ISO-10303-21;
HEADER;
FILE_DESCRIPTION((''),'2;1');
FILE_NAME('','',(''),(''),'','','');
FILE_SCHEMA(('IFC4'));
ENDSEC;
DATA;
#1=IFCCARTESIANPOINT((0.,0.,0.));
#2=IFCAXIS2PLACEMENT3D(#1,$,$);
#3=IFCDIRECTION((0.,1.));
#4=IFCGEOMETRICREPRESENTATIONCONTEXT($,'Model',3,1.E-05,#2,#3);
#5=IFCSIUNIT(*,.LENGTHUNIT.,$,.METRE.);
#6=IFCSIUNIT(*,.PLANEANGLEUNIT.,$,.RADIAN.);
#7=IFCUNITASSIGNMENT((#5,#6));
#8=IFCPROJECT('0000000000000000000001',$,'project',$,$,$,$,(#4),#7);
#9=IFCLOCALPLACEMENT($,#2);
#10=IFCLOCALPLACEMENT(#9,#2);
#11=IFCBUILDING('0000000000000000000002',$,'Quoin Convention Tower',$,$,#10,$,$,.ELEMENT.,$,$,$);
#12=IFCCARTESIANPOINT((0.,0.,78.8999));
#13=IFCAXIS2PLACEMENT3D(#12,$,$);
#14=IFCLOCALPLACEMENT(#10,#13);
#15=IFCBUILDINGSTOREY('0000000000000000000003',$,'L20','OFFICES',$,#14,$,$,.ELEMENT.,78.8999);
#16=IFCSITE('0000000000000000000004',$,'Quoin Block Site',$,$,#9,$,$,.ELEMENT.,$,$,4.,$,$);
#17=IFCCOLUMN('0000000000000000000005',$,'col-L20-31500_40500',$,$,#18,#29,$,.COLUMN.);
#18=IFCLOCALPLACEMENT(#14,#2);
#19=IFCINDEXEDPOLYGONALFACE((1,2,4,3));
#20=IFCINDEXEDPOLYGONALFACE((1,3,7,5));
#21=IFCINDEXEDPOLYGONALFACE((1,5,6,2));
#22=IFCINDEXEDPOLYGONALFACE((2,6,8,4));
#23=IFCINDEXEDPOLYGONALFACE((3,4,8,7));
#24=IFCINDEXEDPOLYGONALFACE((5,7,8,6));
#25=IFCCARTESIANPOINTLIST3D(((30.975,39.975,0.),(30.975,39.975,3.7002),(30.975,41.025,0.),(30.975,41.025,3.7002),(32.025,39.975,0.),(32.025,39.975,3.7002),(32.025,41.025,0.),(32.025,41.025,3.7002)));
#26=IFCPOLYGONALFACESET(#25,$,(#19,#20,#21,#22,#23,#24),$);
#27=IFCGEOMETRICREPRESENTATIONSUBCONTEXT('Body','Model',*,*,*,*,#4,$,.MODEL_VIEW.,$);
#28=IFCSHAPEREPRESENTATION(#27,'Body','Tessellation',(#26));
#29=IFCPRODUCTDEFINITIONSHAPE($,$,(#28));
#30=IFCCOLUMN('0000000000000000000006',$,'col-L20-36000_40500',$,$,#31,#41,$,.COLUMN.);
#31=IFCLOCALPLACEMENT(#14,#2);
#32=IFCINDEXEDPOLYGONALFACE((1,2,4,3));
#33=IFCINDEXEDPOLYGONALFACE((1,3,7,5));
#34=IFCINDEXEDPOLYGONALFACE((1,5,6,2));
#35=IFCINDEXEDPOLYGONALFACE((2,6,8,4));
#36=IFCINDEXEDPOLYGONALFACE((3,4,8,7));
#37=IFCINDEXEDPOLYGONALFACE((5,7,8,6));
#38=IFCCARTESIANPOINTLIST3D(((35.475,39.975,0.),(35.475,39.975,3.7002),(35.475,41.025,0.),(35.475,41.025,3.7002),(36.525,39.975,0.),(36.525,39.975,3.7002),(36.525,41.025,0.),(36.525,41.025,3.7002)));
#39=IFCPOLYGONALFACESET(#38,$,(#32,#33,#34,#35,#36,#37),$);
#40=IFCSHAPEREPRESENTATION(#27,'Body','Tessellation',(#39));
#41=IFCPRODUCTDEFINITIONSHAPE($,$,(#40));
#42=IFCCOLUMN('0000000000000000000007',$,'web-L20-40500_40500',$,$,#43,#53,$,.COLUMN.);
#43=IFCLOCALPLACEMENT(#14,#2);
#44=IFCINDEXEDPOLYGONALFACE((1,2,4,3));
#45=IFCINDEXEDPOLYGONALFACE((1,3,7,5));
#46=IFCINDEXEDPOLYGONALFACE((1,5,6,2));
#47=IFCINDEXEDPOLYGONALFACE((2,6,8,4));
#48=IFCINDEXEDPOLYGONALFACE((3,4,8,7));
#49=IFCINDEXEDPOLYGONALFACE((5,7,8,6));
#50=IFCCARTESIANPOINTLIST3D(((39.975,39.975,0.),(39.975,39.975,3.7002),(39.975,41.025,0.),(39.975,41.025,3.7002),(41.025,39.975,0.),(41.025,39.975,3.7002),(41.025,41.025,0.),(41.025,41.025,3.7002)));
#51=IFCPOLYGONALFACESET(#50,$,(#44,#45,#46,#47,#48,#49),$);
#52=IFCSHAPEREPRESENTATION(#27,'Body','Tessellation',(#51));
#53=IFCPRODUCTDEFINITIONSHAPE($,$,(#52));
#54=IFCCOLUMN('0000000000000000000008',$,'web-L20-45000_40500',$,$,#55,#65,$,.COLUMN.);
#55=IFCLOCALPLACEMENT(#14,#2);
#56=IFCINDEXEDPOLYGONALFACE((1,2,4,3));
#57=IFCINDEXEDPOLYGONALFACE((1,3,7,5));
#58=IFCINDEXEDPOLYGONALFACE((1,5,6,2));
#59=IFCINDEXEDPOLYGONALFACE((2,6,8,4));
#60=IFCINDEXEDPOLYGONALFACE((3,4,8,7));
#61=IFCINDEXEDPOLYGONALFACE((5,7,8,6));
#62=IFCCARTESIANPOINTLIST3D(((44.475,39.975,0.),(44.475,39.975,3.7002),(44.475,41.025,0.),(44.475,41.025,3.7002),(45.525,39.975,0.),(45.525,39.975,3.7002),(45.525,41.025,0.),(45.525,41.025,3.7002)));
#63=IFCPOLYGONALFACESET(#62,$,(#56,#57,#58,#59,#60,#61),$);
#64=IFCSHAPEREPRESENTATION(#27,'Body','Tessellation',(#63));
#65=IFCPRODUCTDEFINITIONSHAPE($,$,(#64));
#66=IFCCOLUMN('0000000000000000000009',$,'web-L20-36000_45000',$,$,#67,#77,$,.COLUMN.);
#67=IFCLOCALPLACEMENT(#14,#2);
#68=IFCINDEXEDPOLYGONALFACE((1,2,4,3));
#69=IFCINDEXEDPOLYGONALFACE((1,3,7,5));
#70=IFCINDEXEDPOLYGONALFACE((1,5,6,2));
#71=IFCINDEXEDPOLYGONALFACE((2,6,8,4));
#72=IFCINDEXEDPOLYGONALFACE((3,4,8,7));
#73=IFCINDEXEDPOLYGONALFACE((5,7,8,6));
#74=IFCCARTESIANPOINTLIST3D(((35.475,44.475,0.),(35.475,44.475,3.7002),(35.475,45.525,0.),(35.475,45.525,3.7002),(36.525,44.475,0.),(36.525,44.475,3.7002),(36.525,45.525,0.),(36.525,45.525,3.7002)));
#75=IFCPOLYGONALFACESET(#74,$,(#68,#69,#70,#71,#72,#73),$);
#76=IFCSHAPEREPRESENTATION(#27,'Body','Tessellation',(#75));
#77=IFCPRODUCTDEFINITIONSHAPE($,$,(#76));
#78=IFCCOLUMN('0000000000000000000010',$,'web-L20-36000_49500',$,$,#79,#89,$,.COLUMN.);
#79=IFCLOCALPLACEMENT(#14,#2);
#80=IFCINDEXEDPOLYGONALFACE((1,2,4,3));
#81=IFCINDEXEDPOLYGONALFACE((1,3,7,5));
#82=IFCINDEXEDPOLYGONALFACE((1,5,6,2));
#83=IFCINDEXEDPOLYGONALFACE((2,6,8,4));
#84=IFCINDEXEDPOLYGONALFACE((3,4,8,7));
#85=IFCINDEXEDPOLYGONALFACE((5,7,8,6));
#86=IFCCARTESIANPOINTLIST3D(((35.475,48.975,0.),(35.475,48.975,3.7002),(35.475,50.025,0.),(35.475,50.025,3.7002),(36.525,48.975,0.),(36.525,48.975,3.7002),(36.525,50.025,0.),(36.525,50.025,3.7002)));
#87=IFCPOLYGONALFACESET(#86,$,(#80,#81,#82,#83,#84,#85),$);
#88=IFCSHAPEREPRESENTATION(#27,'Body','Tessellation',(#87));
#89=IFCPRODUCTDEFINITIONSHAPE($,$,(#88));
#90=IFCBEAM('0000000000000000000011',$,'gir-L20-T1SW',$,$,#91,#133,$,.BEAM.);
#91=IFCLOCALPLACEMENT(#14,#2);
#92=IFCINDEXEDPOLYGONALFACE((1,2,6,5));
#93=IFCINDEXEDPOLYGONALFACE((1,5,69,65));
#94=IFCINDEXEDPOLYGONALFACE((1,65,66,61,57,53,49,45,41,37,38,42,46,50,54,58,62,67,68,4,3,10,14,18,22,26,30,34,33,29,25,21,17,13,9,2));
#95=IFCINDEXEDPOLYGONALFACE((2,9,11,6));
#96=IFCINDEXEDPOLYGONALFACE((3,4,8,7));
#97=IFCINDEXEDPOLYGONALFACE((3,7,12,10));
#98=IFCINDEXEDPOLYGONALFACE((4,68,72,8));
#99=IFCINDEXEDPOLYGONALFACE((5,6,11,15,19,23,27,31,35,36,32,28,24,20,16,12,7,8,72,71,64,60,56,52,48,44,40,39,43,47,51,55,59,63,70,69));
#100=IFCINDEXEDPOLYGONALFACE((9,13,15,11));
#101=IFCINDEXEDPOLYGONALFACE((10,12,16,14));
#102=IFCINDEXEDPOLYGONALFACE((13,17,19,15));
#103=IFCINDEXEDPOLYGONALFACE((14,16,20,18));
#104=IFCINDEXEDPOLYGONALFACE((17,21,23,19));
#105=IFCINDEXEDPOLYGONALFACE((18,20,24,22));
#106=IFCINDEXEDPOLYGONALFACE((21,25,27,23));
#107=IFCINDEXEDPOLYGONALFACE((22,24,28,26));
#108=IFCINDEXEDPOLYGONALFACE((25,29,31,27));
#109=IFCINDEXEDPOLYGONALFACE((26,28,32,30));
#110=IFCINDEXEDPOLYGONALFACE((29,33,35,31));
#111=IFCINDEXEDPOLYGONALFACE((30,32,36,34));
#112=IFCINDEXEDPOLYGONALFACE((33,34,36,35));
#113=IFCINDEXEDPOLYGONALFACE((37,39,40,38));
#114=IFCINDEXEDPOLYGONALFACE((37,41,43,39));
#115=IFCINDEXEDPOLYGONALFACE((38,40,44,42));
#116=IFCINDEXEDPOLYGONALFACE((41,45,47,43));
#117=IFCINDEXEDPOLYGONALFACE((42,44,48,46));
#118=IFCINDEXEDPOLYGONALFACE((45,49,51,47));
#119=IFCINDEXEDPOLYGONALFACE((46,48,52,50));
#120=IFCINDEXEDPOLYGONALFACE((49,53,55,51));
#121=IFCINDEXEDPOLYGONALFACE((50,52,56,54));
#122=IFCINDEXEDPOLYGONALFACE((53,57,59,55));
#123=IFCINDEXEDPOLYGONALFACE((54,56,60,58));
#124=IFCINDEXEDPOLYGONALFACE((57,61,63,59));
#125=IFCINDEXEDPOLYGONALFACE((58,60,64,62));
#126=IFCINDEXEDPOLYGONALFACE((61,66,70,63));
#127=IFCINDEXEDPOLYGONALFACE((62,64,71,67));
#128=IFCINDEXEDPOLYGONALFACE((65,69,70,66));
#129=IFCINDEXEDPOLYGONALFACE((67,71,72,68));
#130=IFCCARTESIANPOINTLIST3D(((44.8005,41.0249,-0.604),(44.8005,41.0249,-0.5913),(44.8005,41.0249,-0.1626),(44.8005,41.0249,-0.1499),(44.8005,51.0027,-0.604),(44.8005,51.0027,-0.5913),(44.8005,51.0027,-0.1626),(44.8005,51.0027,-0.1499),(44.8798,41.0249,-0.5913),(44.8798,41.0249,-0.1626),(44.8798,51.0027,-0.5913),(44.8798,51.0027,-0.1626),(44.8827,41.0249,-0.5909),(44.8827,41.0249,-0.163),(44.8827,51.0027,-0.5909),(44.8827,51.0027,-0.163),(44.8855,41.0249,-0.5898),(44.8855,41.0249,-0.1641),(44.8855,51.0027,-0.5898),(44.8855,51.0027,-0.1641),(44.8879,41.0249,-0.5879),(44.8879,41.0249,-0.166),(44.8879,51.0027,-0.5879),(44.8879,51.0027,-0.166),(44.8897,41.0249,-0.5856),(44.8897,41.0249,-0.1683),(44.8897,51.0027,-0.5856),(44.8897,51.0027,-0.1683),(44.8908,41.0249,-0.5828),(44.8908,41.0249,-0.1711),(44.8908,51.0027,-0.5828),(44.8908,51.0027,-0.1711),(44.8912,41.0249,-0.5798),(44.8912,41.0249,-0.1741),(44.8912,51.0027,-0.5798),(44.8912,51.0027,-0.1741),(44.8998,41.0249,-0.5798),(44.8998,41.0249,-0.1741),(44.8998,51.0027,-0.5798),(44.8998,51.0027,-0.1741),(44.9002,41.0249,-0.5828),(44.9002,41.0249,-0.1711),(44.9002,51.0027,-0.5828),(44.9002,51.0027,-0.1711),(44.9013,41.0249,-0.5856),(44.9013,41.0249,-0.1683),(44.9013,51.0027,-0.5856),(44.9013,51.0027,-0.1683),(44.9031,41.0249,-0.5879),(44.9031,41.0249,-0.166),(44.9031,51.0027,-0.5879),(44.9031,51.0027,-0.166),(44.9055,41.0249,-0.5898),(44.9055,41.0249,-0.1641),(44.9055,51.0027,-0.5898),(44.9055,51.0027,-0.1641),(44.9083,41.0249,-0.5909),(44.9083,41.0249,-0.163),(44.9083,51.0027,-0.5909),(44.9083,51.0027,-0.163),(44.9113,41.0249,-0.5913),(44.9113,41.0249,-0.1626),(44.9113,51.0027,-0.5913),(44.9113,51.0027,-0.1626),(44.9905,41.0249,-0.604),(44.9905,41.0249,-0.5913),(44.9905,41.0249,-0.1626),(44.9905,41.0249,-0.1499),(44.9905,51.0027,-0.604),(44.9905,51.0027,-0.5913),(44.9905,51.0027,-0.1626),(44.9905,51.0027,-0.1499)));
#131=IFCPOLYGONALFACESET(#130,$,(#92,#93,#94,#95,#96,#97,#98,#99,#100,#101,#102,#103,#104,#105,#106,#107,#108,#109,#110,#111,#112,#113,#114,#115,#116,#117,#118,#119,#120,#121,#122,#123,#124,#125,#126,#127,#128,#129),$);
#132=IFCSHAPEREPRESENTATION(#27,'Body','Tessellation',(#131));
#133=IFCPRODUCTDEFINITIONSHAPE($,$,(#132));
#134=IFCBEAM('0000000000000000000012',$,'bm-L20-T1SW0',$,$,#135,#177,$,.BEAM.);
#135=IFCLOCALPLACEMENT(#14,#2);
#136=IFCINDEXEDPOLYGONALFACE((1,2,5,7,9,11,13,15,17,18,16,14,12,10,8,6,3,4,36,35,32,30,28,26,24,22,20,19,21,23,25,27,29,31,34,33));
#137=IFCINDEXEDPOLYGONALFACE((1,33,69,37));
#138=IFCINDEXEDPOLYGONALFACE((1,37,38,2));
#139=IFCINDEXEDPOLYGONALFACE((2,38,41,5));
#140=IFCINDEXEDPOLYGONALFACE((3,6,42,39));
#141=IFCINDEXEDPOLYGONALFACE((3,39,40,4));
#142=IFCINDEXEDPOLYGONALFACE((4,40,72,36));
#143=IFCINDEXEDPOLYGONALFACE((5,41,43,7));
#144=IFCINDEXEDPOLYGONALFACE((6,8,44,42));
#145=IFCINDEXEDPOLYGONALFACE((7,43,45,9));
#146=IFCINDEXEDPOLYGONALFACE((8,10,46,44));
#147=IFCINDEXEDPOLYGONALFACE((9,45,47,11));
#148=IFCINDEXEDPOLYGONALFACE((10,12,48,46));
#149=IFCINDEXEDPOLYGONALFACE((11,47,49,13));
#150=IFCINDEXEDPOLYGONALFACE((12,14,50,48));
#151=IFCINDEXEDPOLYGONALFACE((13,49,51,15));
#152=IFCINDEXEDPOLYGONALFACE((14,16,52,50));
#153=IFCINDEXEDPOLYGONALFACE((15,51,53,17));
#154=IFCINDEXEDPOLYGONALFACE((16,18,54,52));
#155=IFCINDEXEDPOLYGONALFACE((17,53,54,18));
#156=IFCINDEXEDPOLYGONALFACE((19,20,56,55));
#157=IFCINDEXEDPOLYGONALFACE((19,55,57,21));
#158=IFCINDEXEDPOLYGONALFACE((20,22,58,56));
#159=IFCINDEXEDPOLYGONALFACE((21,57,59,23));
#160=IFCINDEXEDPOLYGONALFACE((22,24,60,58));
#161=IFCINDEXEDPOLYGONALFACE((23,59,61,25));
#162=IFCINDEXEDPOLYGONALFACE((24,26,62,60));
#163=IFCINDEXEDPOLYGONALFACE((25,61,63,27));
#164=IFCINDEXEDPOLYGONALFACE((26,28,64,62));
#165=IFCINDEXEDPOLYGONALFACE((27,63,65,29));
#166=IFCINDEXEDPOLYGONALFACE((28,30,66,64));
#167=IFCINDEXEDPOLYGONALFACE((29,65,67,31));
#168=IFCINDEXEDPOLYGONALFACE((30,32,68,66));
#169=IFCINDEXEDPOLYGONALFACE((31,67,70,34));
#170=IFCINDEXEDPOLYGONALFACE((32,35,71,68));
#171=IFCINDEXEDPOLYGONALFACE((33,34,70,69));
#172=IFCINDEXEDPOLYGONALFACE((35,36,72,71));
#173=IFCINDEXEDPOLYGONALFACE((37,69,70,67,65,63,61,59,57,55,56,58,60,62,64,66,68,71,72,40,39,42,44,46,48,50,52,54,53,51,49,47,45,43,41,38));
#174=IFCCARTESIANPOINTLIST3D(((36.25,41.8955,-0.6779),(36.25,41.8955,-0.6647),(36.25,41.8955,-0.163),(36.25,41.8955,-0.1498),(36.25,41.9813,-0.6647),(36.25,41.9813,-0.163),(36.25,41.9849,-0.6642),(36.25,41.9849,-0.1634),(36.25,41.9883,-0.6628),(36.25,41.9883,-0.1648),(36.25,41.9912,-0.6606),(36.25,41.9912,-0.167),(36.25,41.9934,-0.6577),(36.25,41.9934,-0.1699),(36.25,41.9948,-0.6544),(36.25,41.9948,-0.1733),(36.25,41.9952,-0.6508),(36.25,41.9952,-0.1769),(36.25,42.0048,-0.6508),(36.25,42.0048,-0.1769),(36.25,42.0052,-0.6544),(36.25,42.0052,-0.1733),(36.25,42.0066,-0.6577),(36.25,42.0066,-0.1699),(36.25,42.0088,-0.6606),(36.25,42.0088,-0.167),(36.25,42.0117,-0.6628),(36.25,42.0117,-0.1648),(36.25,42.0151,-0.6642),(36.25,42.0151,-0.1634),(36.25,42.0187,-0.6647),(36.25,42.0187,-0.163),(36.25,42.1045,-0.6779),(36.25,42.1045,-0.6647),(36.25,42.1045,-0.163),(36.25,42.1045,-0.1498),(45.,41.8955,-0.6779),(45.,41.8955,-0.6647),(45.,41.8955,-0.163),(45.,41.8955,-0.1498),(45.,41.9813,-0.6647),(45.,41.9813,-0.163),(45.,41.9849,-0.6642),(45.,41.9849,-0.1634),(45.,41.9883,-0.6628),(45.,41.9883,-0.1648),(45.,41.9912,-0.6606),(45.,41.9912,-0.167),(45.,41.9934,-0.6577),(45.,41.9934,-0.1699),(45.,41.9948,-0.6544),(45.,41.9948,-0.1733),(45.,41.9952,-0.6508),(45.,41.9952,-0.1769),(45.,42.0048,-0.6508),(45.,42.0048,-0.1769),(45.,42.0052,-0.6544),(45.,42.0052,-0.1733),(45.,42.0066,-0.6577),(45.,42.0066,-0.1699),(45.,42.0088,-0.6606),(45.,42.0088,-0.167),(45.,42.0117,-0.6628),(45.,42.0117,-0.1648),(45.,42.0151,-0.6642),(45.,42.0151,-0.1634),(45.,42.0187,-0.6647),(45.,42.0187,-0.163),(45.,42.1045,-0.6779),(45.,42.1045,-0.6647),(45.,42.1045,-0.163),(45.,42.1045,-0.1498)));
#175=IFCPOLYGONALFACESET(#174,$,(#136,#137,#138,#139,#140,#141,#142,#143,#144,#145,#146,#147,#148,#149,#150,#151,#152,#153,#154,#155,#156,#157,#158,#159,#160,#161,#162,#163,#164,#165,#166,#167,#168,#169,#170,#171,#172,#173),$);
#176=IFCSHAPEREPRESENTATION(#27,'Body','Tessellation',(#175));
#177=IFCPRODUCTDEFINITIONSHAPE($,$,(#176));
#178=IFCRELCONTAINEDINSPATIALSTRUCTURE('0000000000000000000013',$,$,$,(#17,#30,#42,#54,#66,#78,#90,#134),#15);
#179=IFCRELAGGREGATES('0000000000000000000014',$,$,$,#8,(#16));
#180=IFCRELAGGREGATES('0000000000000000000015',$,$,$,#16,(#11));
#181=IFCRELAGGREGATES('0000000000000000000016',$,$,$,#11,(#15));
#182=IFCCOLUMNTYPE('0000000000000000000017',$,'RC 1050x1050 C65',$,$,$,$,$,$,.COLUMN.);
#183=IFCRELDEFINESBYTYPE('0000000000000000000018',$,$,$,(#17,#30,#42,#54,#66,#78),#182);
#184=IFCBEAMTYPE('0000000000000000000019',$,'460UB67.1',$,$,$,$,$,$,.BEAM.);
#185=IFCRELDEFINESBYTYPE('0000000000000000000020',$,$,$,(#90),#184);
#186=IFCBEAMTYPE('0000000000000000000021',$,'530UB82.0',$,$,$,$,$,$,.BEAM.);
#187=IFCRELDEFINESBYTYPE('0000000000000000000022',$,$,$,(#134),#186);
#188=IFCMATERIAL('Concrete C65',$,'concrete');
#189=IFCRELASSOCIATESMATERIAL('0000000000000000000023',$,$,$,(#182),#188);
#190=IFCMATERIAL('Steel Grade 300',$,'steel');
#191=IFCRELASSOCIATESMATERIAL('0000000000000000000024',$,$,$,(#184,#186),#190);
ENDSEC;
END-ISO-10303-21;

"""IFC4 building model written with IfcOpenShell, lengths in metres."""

from ifc_helpers import new_model, si_unit, direction, frame, origin, origin_2d, place, context, subcontext, project, spatial, rectangle, i_section, extrude, material, material_profile, profile_set, type_object, element, save


model = new_model("IFC4")

# Units and contexts
model_context = context("Model", 3, precision=1e-05, world=origin(), true_north=direction((0.0, 1.0)))
body_context = subcontext(model_context, "Body", "Model", "MODEL_VIEW")
ifc_project = project(units=[si_unit("LENGTHUNIT", "METRE"), si_unit("PLANEANGLEUNIT", "RADIAN")], contexts=[model_context])

# Site, building, storey
site_placement = place(None, origin())
site = spatial("IfcSite", under=ifc_project, at=site_placement, Name="Quoin Block Site", CompositionType="ELEMENT", RefElevation=4.0)
building_placement = place(site_placement, origin())
building = spatial("IfcBuilding", under=site, at=building_placement, Name="Quoin Convention Tower", CompositionType="ELEMENT")
storey_placement = place(building_placement, frame((0.0, 0.0, 78.8999)))
storey = spatial("IfcBuildingStorey", under=building, at=storey_placement, Name="L20", Description="OFFICES", CompositionType="ELEMENT", Elevation=78.8999)

# Columns
ifc_material_1 = material(Name="Concrete C65", Category="concrete")
ifc_material_profile_1 = material_profile(ifc_material_1, rectangle(XDim=1.05, YDim=1.05, at=origin_2d()), Name="RC 1050x1050")
ifc_profile_set_1 = profile_set([ifc_material_profile_1], Name="Concrete C65")
column_type = type_object("IfcColumnType", Name="RC 1050x1050 C65", PredefinedType="COLUMN", material=ifc_profile_set_1)
for number, where, z_axis, x_axis, name in (
    (1, (31.5, 40.5, 0.0), (0.0, 0.0, 1.0), (1.0, 0.0, 0.0), "col-L20-31500_40500"),
    (2, (36.0, 40.5, 0.0), (0.0, 0.0, 1.0), (1.0, 0.0, 0.0), "col-L20-36000_40500"),
    (3, (40.5, 40.5, 0.0), (0.0, 0.0, 1.0), (1.0, 0.0, 0.0), "web-L20-40500_40500"),
    (4, (45.0, 40.5, 0.0), (0.0, 0.0, 1.0), (1.0, 0.0, 0.0), "web-L20-45000_40500"),
    (5, (36.0, 45.0, 0.0), (0.0, 0.0, 1.0), (1.0, 0.0, 0.0), "web-L20-36000_45000"),
    (6, (36.0, 49.5, 0.0), (0.0, 0.0, 1.0), (1.0, 0.0, 0.0), "web-L20-36000_49500"),
):
    element("IfcColumn", number, at=place(storey_placement, frame(where, z_axis=z_axis, x_axis=x_axis)), inside=storey, type_object=column_type, Name=name, PredefinedType="COLUMN", context=body_context, shape_type="SweptSolid", body=[
        extrude(rectangle(XDim=1.05, YDim=1.05, at=origin_2d()), origin(), (0.0, 0.0, 1.0), 3.7002),
    ])

# Beams
ifc_material_2 = material(Name="Steel Grade 300", Category="steel")
ifc_material_profile_2 = material_profile(ifc_material_2, i_section(OverallWidth=0.1899, OverallDepth=0.4541, WebThickness=0.0085, FlangeThickness=0.0127, FilletRadius=0.0115, at=origin_2d()), Name="460UB67.1")
ifc_profile_set_2 = profile_set([ifc_material_profile_2], Name="Steel Grade 300")
beam_type_1 = type_object("IfcBeamType", Name="460UB67.1", PredefinedType="BEAM", material=ifc_profile_set_2)
beam_1_placement = place(storey_placement, frame((44.8955, 41.0249, -0.377), z_axis=(0.0, 1.0, 0.0), x_axis=(-1.0, 0.0, 0.0)))
element("IfcBeam", 7, at=beam_1_placement, inside=storey, type_object=beam_type_1, Name="gir-L20-T1SW", PredefinedType="BEAM", context=body_context, shape_type="SweptSolid", body=[
    extrude(i_section(OverallWidth=0.1899, OverallDepth=0.4541, WebThickness=0.0085, FlangeThickness=0.0127, FilletRadius=0.0115, at=origin_2d()), origin(), (0.0, 0.0, 1.0), 9.9778),
])
ifc_material_profile_3 = material_profile(ifc_material_2, i_section(OverallWidth=0.209, OverallDepth=0.5281, WebThickness=0.0095, FlangeThickness=0.0132, FilletRadius=0.0139, at=origin_2d()), Name="530UB82.0")
ifc_profile_set_3 = profile_set([ifc_material_profile_3], Name="Steel Grade 300")
beam_type_2 = type_object("IfcBeamType", Name="530UB82.0", PredefinedType="BEAM", material=ifc_profile_set_3)
beam_2_placement = place(storey_placement, frame((36.25, 42.0, -0.4138), z_axis=(1.0, 0.0, 0.0), x_axis=(0.0, 1.0, 0.0)))
element("IfcBeam", 8, at=beam_2_placement, inside=storey, type_object=beam_type_2, Name="bm-L20-T1SW0", PredefinedType="BEAM", context=body_context, shape_type="SweptSolid", body=[
    extrude(i_section(OverallWidth=0.209, OverallDepth=0.5281, WebThickness=0.0095, FlangeThickness=0.0132, FilletRadius=0.0139, at=origin_2d()), origin(), (0.0, 0.0, 1.0), 8.75),
])

save(model, "model.ifc")
